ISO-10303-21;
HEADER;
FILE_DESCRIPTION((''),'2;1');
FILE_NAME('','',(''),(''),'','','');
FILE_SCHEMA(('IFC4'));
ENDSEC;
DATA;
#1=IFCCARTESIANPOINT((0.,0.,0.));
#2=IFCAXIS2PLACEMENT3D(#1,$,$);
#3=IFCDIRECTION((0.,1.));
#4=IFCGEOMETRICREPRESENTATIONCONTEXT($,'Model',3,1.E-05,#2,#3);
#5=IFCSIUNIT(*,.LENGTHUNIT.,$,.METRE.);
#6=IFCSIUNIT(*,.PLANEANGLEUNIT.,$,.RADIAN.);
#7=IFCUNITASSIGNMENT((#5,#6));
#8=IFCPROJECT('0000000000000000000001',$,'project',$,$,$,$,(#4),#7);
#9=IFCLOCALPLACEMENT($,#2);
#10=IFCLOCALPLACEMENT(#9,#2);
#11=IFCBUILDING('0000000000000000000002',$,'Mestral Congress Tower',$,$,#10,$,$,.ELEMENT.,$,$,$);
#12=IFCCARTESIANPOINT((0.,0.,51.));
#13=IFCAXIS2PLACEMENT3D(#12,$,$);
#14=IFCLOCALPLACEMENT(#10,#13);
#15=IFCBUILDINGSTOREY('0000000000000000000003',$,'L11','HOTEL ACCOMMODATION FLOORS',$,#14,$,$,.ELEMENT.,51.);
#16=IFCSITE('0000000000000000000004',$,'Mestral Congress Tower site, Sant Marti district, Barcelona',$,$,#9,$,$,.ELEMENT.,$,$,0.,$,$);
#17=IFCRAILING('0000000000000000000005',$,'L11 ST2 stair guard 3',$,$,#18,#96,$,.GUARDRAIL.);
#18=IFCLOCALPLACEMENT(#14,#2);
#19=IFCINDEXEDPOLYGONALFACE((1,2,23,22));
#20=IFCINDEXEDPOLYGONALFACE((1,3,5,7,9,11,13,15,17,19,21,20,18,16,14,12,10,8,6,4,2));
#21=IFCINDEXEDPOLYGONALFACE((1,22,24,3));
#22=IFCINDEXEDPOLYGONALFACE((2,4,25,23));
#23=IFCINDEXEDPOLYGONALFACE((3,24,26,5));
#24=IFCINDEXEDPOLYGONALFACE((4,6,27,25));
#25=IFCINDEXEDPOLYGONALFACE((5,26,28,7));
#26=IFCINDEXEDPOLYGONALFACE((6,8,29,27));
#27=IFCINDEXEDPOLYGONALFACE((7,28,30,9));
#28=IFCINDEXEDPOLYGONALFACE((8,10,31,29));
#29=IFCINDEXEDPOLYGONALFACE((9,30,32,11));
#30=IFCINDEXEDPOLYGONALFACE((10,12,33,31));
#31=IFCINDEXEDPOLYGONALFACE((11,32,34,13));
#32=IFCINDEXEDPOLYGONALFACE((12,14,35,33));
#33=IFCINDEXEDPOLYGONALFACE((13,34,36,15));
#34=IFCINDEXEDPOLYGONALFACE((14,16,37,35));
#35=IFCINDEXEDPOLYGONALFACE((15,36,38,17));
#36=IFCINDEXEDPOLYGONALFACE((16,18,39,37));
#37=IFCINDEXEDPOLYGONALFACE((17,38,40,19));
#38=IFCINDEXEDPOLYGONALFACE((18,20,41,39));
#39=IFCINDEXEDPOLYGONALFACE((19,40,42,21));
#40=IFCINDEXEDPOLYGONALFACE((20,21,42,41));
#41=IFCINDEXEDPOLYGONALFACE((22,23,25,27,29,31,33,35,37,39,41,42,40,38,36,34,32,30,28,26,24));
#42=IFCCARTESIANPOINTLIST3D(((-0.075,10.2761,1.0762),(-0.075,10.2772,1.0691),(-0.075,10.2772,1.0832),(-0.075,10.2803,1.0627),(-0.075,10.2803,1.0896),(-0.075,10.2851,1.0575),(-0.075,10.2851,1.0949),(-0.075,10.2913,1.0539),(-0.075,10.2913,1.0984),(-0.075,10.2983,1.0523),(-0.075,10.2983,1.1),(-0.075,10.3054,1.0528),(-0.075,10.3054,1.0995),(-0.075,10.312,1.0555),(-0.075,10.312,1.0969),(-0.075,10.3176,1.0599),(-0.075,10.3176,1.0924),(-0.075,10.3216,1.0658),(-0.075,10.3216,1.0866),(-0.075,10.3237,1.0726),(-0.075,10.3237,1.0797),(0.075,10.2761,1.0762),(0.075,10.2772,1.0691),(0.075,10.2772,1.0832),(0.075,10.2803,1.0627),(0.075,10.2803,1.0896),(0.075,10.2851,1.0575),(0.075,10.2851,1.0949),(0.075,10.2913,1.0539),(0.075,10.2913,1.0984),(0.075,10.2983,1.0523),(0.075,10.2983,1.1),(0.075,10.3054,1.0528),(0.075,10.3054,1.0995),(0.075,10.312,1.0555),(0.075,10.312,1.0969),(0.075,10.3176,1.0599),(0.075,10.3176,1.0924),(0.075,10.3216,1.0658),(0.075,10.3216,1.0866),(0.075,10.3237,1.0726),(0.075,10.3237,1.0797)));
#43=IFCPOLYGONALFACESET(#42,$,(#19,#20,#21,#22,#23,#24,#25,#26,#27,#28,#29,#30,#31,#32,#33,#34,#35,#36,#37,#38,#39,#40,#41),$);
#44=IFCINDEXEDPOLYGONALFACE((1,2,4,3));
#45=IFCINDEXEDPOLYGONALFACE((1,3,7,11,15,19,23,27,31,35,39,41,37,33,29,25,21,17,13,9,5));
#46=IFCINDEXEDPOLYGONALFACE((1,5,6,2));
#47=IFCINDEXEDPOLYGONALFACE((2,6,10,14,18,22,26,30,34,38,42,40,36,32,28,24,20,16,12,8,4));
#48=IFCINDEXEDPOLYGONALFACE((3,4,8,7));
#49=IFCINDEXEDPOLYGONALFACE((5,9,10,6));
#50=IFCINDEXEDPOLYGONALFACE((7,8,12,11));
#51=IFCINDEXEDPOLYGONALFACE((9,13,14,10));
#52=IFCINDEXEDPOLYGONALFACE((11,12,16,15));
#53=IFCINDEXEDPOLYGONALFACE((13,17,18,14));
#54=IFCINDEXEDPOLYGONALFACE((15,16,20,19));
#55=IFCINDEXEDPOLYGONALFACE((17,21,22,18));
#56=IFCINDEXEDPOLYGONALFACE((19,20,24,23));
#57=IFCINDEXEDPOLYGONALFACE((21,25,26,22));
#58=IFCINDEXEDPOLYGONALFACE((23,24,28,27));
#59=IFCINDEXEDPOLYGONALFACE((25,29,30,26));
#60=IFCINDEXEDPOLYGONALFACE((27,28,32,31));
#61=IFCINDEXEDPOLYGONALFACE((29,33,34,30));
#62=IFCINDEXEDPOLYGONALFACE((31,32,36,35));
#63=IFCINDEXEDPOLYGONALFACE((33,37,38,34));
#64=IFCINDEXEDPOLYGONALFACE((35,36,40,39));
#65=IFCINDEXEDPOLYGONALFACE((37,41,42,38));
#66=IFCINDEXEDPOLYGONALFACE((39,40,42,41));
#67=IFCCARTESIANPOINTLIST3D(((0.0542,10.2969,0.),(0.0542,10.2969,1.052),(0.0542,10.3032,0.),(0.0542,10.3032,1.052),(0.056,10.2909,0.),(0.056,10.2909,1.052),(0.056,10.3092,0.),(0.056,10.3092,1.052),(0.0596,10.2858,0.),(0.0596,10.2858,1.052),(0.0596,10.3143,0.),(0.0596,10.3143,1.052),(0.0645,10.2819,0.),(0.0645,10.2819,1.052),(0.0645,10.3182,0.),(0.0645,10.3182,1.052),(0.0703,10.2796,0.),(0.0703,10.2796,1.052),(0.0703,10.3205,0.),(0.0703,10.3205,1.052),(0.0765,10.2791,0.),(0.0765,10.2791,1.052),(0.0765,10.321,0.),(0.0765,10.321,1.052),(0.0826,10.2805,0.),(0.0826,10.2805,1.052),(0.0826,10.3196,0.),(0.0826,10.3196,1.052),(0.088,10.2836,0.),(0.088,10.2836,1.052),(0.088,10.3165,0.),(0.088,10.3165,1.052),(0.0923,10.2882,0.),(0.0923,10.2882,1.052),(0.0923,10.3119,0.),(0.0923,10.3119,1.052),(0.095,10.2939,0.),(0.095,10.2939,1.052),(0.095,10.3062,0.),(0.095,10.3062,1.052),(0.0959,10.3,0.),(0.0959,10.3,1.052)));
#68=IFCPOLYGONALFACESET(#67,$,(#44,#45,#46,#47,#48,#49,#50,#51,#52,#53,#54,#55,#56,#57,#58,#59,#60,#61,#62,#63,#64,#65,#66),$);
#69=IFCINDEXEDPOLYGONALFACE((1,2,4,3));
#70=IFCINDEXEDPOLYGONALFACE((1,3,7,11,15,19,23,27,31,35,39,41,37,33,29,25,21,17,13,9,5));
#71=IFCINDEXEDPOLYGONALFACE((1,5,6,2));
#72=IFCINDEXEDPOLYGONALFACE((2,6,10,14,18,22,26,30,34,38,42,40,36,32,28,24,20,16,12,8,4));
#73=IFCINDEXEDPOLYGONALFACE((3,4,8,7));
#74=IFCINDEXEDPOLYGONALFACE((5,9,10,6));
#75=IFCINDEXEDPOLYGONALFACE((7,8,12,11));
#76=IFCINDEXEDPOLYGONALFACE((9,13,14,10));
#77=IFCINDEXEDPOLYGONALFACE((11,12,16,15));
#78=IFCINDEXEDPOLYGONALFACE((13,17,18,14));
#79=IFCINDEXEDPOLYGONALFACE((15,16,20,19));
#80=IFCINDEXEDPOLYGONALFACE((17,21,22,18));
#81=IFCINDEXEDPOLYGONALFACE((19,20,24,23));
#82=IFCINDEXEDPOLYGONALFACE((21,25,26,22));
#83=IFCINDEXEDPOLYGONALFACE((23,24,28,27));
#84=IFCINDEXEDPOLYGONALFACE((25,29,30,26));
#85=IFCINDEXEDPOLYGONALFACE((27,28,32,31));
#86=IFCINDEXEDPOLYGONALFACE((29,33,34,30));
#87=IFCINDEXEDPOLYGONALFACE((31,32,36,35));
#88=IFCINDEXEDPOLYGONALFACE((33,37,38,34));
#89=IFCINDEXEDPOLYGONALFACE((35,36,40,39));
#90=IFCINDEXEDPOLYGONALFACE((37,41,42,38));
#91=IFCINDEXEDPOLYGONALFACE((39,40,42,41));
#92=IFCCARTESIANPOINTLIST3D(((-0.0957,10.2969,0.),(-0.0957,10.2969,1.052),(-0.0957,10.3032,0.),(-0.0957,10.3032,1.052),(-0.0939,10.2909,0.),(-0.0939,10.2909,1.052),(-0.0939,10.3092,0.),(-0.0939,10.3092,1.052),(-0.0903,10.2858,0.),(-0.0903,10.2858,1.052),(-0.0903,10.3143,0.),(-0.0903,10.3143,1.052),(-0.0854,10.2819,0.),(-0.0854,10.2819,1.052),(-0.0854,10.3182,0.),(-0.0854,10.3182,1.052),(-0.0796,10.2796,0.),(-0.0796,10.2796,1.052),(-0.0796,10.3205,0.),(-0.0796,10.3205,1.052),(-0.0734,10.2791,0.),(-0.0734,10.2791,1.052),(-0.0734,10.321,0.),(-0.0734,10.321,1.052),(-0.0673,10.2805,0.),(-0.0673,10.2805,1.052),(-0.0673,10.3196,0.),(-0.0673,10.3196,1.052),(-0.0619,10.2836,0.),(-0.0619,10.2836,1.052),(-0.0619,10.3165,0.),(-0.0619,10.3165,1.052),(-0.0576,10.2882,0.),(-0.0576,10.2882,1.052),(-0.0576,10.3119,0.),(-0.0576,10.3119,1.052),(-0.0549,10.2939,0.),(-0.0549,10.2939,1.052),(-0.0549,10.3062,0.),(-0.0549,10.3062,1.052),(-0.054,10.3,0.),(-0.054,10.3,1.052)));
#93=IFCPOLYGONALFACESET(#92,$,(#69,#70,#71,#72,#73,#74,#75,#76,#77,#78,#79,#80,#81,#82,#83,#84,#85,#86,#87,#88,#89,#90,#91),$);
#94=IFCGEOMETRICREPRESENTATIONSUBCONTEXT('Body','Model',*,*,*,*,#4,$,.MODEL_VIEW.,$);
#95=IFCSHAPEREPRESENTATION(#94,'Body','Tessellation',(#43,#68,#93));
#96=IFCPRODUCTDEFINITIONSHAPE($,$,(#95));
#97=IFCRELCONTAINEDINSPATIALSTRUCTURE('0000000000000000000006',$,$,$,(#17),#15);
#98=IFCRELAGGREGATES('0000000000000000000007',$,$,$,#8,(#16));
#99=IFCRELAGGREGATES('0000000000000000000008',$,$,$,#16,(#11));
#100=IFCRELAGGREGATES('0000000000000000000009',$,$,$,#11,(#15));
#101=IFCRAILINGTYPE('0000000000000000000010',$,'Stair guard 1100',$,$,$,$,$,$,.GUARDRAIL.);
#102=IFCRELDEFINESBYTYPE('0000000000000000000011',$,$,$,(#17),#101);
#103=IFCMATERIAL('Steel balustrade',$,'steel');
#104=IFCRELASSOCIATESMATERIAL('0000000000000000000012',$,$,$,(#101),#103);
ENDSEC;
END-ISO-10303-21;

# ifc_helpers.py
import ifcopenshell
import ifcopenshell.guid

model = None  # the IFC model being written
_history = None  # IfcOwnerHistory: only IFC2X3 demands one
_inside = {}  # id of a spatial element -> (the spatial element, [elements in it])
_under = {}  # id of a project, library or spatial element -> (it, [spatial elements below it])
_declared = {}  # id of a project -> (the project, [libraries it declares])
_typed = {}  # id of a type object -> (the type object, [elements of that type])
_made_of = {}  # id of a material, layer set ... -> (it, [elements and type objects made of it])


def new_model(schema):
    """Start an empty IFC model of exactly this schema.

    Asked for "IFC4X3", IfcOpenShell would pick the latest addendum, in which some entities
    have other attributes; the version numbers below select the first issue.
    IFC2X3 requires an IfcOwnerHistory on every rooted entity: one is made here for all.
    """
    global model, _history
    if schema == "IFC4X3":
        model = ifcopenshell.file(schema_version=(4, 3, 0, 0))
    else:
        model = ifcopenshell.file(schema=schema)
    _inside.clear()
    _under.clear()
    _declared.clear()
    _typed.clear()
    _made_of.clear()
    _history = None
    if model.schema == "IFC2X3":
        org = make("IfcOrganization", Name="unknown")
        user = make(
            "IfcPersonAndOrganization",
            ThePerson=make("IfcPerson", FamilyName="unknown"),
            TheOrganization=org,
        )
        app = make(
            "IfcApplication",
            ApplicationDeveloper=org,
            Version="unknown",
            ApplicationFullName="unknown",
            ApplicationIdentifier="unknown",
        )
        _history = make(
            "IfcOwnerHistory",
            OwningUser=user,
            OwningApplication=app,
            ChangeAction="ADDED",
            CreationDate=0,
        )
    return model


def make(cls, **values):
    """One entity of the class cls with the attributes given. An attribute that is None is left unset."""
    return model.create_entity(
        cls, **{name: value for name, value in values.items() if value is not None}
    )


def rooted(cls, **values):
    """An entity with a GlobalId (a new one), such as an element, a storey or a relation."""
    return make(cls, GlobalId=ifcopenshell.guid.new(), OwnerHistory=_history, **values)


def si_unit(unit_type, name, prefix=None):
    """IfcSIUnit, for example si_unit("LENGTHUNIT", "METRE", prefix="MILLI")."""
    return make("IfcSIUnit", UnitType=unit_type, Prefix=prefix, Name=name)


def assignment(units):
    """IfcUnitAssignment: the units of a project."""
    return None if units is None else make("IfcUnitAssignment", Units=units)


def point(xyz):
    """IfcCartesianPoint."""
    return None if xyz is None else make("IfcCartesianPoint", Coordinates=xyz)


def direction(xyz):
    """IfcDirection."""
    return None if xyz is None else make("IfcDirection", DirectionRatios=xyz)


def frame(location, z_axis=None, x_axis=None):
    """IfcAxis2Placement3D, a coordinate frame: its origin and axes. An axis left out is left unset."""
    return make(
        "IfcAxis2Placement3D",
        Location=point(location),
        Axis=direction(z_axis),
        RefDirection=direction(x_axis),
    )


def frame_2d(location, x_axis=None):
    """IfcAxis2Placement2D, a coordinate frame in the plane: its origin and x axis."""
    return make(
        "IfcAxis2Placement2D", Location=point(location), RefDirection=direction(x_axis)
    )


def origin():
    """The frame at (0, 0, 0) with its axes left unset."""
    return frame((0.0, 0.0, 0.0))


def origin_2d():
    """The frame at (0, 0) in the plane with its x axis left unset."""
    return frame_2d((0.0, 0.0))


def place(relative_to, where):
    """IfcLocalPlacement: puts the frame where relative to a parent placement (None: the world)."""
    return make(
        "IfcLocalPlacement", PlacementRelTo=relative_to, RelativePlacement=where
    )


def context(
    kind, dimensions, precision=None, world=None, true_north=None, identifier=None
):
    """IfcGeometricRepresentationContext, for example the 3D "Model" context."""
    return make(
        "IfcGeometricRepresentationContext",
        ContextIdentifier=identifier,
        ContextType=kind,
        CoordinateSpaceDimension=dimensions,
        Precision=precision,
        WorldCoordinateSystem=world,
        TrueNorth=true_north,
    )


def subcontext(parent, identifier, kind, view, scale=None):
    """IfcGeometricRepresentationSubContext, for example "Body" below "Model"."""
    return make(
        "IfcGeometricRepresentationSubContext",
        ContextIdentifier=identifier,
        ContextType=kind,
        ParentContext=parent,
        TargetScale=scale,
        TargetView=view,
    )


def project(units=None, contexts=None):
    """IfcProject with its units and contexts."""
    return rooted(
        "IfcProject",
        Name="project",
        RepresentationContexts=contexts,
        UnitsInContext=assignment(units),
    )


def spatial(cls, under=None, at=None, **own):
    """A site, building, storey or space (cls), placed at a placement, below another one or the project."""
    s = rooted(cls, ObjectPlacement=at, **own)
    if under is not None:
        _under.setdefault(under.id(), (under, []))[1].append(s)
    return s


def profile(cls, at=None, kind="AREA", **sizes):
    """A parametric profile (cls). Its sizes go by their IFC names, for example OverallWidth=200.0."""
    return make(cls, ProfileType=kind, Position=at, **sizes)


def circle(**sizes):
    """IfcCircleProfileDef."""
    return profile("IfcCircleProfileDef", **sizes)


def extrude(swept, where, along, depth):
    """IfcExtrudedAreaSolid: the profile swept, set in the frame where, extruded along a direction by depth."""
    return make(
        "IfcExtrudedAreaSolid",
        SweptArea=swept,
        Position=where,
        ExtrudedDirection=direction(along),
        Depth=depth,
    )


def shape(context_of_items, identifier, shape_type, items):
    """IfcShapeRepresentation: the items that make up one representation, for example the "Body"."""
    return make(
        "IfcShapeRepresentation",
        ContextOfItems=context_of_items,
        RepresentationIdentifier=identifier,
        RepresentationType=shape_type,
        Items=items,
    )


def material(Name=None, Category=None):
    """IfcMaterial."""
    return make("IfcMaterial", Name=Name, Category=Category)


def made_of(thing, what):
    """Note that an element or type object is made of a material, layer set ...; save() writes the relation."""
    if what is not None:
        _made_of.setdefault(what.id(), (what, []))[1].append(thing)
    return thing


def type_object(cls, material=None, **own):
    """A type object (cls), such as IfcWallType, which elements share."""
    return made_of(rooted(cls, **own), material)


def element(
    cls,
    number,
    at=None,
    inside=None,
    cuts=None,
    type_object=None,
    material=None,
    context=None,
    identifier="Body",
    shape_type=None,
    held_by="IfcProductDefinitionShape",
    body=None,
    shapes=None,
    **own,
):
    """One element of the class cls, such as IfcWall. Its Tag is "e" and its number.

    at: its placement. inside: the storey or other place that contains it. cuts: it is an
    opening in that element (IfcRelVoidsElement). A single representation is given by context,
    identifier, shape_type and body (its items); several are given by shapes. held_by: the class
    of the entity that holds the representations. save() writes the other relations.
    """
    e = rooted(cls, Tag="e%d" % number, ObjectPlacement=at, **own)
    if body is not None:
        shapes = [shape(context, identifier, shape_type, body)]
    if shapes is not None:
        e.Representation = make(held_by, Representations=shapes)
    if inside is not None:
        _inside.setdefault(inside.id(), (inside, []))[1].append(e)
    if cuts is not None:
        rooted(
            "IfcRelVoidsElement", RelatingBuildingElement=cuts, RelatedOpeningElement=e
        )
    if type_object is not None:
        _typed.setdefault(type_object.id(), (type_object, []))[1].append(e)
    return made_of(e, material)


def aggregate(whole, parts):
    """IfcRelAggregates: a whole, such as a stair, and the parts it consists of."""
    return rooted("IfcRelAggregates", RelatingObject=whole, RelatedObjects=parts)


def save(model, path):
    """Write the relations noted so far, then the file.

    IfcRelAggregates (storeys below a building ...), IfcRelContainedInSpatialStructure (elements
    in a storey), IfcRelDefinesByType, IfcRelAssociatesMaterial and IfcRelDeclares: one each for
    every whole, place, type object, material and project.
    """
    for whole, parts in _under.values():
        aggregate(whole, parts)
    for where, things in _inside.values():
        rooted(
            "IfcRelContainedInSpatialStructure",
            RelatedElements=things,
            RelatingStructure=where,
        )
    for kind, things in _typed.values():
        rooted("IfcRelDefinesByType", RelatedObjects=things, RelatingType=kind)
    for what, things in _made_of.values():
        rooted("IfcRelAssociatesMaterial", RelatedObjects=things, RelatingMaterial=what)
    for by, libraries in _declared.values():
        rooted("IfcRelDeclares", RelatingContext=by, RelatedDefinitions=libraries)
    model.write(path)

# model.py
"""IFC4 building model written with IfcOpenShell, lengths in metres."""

from ifc_helpers import new_model, si_unit, direction, frame, origin, origin_2d, place, context, subcontext, project, spatial, circle, extrude, material, type_object, element, save


model = new_model("IFC4")

# Units and contexts
model_context = context("Model", 3, precision=1e-05, world=origin(), true_north=direction((0.0, 1.0)))
body_context = subcontext(model_context, "Body", "Model", "MODEL_VIEW")
ifc_project = project(units=[si_unit("LENGTHUNIT", "METRE"), si_unit("PLANEANGLEUNIT", "RADIAN")], contexts=[model_context])

# Site, building, storey
site_placement = place(None, origin())
site = spatial("IfcSite", under=ifc_project, at=site_placement, Name="Mestral Congress Tower site, Sant Marti district, Barcelona", CompositionType="ELEMENT", RefElevation=0.0)
building_placement = place(site_placement, origin())
building = spatial("IfcBuilding", under=site, at=building_placement, Name="Mestral Congress Tower", CompositionType="ELEMENT")
storey_placement = place(building_placement, frame((0.0, 0.0, 51.0)))
storey = spatial("IfcBuildingStorey", under=building, at=storey_placement, Name="L11", Description="HOTEL ACCOMMODATION FLOORS", CompositionType="ELEMENT", Elevation=51.0)

# Railing
ifc_material_1 = material(Name="Steel balustrade", Category="steel")
railing_type_1 = type_object("IfcRailingType", Name="Stair guard 1100", PredefinedType="GUARDRAIL", material=ifc_material_1)
railing_1_placement = place(storey_placement, frame((0.075, 10.3, 0.0)))
element("IfcRailing", 1, at=railing_1_placement, inside=storey, type_object=railing_type_1, Name="L11 ST2 stair guard 3", PredefinedType="GUARDRAIL", context=body_context, shape_type="SweptSolid", body=[
    extrude(circle(Radius=0.0239, at=origin_2d()), frame((0.0, 0.0, 1.0762), z_axis=(-1.0, 0.0, 0.0), x_axis=(0.0, -1.0, 0.0)), (0.0, 0.0, 1.0), 0.1499),
    extrude(circle(Radius=0.021, at=origin_2d()), origin(), (0.0, 0.0, 1.0), 1.052),
    extrude(circle(Radius=0.021, at=origin_2d()), frame((-0.1499, 0.0, 0.0)), (0.0, 0.0, 1.0), 1.052),
])

save(model, "model.ifc")
